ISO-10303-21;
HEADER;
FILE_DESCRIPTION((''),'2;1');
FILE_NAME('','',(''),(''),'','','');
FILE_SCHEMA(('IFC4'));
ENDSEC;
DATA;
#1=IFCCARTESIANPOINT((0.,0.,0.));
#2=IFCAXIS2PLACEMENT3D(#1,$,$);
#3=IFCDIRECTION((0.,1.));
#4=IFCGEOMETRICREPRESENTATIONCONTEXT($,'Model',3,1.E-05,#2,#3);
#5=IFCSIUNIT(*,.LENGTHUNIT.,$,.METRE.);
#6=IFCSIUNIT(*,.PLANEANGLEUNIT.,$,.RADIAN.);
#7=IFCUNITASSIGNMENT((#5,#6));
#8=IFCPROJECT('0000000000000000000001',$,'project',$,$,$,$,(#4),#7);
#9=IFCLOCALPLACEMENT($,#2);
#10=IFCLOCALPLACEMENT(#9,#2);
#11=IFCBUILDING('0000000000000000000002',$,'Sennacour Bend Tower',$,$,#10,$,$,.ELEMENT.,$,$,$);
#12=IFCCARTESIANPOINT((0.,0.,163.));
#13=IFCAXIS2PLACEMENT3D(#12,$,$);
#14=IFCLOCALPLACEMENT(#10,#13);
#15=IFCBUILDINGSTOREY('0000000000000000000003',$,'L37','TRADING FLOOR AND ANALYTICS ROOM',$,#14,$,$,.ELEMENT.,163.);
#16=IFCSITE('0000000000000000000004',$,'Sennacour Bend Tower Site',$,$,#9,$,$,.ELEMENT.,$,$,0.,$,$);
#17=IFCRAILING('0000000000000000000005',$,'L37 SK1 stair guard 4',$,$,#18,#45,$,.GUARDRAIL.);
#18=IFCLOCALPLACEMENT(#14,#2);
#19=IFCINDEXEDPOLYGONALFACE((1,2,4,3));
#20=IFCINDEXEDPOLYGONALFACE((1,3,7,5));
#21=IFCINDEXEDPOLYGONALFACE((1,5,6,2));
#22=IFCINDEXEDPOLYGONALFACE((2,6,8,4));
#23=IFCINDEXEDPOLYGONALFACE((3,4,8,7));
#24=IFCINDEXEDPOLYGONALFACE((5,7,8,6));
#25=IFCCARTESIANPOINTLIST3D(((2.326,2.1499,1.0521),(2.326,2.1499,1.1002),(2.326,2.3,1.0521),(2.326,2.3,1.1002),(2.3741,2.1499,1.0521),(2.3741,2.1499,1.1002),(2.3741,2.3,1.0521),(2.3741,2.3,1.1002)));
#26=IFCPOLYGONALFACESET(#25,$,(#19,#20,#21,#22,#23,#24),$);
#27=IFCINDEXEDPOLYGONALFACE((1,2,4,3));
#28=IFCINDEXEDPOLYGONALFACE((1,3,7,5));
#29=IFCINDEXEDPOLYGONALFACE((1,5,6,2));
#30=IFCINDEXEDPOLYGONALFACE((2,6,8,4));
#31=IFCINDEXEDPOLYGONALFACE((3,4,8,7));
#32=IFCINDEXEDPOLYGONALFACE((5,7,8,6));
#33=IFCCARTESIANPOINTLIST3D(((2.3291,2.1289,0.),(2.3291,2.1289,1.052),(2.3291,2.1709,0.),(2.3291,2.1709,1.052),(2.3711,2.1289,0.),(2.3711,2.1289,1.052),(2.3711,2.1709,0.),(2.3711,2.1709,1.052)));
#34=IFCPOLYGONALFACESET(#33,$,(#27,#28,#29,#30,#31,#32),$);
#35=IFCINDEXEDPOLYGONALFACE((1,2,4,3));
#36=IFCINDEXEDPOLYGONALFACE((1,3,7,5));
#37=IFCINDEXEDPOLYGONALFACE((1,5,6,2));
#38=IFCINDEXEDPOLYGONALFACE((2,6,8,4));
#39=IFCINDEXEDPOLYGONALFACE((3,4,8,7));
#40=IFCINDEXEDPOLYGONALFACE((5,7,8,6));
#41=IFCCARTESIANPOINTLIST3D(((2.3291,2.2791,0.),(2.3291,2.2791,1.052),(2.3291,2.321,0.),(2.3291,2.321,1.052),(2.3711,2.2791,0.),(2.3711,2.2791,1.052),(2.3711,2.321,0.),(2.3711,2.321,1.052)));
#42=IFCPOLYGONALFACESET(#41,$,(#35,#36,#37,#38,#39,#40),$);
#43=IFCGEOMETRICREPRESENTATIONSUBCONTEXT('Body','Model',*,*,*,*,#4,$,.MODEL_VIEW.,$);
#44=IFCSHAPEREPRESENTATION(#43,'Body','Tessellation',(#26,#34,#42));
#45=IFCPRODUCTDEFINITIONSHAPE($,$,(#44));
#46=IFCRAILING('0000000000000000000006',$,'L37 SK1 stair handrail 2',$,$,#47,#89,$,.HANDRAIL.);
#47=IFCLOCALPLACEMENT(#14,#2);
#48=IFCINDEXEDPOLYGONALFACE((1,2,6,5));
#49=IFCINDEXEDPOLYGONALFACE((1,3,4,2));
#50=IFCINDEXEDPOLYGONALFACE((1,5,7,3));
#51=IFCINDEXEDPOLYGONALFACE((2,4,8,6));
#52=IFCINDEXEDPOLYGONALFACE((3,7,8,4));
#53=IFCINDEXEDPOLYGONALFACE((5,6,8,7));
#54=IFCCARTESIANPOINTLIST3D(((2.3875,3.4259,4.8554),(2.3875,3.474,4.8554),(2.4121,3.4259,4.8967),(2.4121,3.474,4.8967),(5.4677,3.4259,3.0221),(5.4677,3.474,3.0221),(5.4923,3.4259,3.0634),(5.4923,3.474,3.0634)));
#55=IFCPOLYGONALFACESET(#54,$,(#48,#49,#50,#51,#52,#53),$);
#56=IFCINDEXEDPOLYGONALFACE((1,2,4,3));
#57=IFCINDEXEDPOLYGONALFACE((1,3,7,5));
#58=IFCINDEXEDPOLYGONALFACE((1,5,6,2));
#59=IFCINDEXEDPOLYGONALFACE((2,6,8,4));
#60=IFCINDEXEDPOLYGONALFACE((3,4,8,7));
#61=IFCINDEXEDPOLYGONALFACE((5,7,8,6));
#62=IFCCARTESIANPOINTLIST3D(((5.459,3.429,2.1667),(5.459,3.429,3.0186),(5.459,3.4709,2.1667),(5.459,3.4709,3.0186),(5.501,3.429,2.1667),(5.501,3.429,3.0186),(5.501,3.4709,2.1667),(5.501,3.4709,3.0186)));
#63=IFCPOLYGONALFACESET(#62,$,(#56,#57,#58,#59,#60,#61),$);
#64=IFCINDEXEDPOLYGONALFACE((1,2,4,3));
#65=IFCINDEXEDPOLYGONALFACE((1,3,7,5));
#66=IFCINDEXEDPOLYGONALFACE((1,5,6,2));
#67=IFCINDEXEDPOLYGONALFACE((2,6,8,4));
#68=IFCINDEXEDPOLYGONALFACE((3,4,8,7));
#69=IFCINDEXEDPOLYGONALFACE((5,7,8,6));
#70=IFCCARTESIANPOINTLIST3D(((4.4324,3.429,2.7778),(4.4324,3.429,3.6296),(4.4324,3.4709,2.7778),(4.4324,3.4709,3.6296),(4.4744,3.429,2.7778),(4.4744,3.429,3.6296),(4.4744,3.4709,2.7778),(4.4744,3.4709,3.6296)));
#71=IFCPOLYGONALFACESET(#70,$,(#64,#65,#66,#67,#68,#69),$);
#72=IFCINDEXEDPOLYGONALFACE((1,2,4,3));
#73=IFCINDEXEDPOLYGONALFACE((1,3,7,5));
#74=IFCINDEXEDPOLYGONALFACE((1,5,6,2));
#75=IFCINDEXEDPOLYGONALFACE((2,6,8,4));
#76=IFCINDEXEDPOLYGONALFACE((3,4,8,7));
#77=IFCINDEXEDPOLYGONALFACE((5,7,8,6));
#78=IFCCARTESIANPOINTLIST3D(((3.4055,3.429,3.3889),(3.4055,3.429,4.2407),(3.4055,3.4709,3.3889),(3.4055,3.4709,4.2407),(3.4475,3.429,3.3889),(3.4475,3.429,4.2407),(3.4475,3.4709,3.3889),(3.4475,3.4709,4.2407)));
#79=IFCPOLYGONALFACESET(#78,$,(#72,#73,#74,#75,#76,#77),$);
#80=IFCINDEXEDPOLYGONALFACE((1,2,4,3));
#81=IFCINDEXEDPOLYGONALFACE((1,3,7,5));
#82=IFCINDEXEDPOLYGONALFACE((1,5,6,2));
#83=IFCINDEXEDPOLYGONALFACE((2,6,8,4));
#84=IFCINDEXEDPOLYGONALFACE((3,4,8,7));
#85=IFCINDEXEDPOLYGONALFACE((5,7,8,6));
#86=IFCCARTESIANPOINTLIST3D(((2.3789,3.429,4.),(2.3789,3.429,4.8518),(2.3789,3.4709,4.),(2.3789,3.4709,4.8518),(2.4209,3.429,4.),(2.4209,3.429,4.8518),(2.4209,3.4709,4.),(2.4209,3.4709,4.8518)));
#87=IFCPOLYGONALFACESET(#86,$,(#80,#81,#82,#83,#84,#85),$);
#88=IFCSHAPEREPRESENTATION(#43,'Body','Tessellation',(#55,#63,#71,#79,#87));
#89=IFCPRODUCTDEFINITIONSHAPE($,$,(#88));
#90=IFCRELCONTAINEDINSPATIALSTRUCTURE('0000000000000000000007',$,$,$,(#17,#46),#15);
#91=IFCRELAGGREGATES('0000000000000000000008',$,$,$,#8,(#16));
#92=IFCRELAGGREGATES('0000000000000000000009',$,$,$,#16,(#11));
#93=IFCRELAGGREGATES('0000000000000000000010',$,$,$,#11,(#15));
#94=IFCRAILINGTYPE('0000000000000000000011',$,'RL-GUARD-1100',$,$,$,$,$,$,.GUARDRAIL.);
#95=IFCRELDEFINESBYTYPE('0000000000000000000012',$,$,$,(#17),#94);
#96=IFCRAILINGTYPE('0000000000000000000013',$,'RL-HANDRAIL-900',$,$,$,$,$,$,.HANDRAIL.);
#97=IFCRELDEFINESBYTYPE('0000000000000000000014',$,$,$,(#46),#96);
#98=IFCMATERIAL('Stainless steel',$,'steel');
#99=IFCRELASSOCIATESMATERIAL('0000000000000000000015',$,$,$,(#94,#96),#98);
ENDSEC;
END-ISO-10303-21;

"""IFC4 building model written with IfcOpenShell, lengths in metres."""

from ifc_helpers import new_model, si_unit, direction, frame, origin, origin_2d, place, context, subcontext, project, spatial, rectangle, extrude, material, type_object, element, save


model = new_model("IFC4")

# Units and contexts
model_context = context("Model", 3, precision=1e-05, world=origin(), true_north=direction((0.0, 1.0)))
body_context = subcontext(model_context, "Body", "Model", "MODEL_VIEW")
ifc_project = project(units=[si_unit("LENGTHUNIT", "METRE"), si_unit("PLANEANGLEUNIT", "RADIAN")], contexts=[model_context])

# Site, building, storey
site_placement = place(None, origin())
site = spatial("IfcSite", under=ifc_project, at=site_placement, Name="Sennacour Bend Tower Site", CompositionType="ELEMENT", RefElevation=0.0)
building_placement = place(site_placement, origin())
building = spatial("IfcBuilding", under=site, at=building_placement, Name="Sennacour Bend Tower", CompositionType="ELEMENT")
storey_placement = place(building_placement, frame((0.0, 0.0, 163.0)))
storey = spatial("IfcBuildingStorey", under=building, at=storey_placement, Name="L37", Description="TRADING FLOOR AND ANALYTICS ROOM", CompositionType="ELEMENT", Elevation=163.0)

# Railings
ifc_material_1 = material(Name="Stainless steel", Category="steel")
railing_type_1 = type_object("IfcRailingType", Name="RL-GUARD-1100", PredefinedType="GUARDRAIL", material=ifc_material_1)
railing_1_placement = place(storey_placement, frame((2.3501, 2.1499, 0.0)))
element("IfcRailing", 1, at=railing_1_placement, inside=storey, type_object=railing_type_1, Name="L37 SK1 stair guard 4", PredefinedType="GUARDRAIL", context=body_context, shape_type="SweptSolid", body=[
    extrude(rectangle(XDim=0.0481, YDim=0.0481, at=origin_2d()), frame((0.0, 0.0, 1.0762), z_axis=(0.0, 1.0, 0.0), x_axis=(-1.0, 0.0, 0.0)), (0.0, 0.0, 1.0), 0.1501),
    extrude(rectangle(XDim=0.042, YDim=0.042, at=origin_2d()), origin(), (0.0, 0.0, 1.0), 1.052),
    extrude(rectangle(XDim=0.042, YDim=0.042, at=origin_2d()), frame((0.0, 0.1501, 0.0)), (0.0, 0.0, 1.0), 1.052),
])
railing_type_2 = type_object("IfcRailingType", Name="RL-HANDRAIL-900", PredefinedType="HANDRAIL", material=ifc_material_1)
railing_2_placement = place(storey_placement, frame((5.48, 3.45, 2.1667)))
element("IfcRailing", 2, at=railing_2_placement, inside=storey, type_object=railing_type_2, Name="L37 SK1 stair handrail 2", PredefinedType="HANDRAIL", context=body_context, shape_type="SweptSolid", body=[
    extrude(rectangle(XDim=0.0481, YDim=0.0481, at=origin_2d()), frame((0.0, 0.0, 0.876), z_axis=(-0.859309, 0.0, 0.511458), x_axis=(0.0, -1.0, 0.0)), (0.0, 0.0, 1.0), 3.5845),
    extrude(rectangle(XDim=0.042, YDim=0.042, at=origin_2d()), origin(), (0.0, 0.0, 1.0), 0.8518),
    extrude(rectangle(XDim=0.042, YDim=0.042, at=origin_2d()), frame((-1.0266, 0.0, 0.6111)), (0.0, 0.0, 1.0), 0.8518),
    extrude(rectangle(XDim=0.042, YDim=0.042, at=origin_2d()), frame((-2.0535, 0.0, 1.2222)), (0.0, 0.0, 1.0), 0.8518),
    extrude(rectangle(XDim=0.042, YDim=0.042, at=origin_2d()), frame((-3.0801, 0.0, 1.8333)), (0.0, 0.0, 1.0), 0.8518),
])

save(model, "model.ifc")
